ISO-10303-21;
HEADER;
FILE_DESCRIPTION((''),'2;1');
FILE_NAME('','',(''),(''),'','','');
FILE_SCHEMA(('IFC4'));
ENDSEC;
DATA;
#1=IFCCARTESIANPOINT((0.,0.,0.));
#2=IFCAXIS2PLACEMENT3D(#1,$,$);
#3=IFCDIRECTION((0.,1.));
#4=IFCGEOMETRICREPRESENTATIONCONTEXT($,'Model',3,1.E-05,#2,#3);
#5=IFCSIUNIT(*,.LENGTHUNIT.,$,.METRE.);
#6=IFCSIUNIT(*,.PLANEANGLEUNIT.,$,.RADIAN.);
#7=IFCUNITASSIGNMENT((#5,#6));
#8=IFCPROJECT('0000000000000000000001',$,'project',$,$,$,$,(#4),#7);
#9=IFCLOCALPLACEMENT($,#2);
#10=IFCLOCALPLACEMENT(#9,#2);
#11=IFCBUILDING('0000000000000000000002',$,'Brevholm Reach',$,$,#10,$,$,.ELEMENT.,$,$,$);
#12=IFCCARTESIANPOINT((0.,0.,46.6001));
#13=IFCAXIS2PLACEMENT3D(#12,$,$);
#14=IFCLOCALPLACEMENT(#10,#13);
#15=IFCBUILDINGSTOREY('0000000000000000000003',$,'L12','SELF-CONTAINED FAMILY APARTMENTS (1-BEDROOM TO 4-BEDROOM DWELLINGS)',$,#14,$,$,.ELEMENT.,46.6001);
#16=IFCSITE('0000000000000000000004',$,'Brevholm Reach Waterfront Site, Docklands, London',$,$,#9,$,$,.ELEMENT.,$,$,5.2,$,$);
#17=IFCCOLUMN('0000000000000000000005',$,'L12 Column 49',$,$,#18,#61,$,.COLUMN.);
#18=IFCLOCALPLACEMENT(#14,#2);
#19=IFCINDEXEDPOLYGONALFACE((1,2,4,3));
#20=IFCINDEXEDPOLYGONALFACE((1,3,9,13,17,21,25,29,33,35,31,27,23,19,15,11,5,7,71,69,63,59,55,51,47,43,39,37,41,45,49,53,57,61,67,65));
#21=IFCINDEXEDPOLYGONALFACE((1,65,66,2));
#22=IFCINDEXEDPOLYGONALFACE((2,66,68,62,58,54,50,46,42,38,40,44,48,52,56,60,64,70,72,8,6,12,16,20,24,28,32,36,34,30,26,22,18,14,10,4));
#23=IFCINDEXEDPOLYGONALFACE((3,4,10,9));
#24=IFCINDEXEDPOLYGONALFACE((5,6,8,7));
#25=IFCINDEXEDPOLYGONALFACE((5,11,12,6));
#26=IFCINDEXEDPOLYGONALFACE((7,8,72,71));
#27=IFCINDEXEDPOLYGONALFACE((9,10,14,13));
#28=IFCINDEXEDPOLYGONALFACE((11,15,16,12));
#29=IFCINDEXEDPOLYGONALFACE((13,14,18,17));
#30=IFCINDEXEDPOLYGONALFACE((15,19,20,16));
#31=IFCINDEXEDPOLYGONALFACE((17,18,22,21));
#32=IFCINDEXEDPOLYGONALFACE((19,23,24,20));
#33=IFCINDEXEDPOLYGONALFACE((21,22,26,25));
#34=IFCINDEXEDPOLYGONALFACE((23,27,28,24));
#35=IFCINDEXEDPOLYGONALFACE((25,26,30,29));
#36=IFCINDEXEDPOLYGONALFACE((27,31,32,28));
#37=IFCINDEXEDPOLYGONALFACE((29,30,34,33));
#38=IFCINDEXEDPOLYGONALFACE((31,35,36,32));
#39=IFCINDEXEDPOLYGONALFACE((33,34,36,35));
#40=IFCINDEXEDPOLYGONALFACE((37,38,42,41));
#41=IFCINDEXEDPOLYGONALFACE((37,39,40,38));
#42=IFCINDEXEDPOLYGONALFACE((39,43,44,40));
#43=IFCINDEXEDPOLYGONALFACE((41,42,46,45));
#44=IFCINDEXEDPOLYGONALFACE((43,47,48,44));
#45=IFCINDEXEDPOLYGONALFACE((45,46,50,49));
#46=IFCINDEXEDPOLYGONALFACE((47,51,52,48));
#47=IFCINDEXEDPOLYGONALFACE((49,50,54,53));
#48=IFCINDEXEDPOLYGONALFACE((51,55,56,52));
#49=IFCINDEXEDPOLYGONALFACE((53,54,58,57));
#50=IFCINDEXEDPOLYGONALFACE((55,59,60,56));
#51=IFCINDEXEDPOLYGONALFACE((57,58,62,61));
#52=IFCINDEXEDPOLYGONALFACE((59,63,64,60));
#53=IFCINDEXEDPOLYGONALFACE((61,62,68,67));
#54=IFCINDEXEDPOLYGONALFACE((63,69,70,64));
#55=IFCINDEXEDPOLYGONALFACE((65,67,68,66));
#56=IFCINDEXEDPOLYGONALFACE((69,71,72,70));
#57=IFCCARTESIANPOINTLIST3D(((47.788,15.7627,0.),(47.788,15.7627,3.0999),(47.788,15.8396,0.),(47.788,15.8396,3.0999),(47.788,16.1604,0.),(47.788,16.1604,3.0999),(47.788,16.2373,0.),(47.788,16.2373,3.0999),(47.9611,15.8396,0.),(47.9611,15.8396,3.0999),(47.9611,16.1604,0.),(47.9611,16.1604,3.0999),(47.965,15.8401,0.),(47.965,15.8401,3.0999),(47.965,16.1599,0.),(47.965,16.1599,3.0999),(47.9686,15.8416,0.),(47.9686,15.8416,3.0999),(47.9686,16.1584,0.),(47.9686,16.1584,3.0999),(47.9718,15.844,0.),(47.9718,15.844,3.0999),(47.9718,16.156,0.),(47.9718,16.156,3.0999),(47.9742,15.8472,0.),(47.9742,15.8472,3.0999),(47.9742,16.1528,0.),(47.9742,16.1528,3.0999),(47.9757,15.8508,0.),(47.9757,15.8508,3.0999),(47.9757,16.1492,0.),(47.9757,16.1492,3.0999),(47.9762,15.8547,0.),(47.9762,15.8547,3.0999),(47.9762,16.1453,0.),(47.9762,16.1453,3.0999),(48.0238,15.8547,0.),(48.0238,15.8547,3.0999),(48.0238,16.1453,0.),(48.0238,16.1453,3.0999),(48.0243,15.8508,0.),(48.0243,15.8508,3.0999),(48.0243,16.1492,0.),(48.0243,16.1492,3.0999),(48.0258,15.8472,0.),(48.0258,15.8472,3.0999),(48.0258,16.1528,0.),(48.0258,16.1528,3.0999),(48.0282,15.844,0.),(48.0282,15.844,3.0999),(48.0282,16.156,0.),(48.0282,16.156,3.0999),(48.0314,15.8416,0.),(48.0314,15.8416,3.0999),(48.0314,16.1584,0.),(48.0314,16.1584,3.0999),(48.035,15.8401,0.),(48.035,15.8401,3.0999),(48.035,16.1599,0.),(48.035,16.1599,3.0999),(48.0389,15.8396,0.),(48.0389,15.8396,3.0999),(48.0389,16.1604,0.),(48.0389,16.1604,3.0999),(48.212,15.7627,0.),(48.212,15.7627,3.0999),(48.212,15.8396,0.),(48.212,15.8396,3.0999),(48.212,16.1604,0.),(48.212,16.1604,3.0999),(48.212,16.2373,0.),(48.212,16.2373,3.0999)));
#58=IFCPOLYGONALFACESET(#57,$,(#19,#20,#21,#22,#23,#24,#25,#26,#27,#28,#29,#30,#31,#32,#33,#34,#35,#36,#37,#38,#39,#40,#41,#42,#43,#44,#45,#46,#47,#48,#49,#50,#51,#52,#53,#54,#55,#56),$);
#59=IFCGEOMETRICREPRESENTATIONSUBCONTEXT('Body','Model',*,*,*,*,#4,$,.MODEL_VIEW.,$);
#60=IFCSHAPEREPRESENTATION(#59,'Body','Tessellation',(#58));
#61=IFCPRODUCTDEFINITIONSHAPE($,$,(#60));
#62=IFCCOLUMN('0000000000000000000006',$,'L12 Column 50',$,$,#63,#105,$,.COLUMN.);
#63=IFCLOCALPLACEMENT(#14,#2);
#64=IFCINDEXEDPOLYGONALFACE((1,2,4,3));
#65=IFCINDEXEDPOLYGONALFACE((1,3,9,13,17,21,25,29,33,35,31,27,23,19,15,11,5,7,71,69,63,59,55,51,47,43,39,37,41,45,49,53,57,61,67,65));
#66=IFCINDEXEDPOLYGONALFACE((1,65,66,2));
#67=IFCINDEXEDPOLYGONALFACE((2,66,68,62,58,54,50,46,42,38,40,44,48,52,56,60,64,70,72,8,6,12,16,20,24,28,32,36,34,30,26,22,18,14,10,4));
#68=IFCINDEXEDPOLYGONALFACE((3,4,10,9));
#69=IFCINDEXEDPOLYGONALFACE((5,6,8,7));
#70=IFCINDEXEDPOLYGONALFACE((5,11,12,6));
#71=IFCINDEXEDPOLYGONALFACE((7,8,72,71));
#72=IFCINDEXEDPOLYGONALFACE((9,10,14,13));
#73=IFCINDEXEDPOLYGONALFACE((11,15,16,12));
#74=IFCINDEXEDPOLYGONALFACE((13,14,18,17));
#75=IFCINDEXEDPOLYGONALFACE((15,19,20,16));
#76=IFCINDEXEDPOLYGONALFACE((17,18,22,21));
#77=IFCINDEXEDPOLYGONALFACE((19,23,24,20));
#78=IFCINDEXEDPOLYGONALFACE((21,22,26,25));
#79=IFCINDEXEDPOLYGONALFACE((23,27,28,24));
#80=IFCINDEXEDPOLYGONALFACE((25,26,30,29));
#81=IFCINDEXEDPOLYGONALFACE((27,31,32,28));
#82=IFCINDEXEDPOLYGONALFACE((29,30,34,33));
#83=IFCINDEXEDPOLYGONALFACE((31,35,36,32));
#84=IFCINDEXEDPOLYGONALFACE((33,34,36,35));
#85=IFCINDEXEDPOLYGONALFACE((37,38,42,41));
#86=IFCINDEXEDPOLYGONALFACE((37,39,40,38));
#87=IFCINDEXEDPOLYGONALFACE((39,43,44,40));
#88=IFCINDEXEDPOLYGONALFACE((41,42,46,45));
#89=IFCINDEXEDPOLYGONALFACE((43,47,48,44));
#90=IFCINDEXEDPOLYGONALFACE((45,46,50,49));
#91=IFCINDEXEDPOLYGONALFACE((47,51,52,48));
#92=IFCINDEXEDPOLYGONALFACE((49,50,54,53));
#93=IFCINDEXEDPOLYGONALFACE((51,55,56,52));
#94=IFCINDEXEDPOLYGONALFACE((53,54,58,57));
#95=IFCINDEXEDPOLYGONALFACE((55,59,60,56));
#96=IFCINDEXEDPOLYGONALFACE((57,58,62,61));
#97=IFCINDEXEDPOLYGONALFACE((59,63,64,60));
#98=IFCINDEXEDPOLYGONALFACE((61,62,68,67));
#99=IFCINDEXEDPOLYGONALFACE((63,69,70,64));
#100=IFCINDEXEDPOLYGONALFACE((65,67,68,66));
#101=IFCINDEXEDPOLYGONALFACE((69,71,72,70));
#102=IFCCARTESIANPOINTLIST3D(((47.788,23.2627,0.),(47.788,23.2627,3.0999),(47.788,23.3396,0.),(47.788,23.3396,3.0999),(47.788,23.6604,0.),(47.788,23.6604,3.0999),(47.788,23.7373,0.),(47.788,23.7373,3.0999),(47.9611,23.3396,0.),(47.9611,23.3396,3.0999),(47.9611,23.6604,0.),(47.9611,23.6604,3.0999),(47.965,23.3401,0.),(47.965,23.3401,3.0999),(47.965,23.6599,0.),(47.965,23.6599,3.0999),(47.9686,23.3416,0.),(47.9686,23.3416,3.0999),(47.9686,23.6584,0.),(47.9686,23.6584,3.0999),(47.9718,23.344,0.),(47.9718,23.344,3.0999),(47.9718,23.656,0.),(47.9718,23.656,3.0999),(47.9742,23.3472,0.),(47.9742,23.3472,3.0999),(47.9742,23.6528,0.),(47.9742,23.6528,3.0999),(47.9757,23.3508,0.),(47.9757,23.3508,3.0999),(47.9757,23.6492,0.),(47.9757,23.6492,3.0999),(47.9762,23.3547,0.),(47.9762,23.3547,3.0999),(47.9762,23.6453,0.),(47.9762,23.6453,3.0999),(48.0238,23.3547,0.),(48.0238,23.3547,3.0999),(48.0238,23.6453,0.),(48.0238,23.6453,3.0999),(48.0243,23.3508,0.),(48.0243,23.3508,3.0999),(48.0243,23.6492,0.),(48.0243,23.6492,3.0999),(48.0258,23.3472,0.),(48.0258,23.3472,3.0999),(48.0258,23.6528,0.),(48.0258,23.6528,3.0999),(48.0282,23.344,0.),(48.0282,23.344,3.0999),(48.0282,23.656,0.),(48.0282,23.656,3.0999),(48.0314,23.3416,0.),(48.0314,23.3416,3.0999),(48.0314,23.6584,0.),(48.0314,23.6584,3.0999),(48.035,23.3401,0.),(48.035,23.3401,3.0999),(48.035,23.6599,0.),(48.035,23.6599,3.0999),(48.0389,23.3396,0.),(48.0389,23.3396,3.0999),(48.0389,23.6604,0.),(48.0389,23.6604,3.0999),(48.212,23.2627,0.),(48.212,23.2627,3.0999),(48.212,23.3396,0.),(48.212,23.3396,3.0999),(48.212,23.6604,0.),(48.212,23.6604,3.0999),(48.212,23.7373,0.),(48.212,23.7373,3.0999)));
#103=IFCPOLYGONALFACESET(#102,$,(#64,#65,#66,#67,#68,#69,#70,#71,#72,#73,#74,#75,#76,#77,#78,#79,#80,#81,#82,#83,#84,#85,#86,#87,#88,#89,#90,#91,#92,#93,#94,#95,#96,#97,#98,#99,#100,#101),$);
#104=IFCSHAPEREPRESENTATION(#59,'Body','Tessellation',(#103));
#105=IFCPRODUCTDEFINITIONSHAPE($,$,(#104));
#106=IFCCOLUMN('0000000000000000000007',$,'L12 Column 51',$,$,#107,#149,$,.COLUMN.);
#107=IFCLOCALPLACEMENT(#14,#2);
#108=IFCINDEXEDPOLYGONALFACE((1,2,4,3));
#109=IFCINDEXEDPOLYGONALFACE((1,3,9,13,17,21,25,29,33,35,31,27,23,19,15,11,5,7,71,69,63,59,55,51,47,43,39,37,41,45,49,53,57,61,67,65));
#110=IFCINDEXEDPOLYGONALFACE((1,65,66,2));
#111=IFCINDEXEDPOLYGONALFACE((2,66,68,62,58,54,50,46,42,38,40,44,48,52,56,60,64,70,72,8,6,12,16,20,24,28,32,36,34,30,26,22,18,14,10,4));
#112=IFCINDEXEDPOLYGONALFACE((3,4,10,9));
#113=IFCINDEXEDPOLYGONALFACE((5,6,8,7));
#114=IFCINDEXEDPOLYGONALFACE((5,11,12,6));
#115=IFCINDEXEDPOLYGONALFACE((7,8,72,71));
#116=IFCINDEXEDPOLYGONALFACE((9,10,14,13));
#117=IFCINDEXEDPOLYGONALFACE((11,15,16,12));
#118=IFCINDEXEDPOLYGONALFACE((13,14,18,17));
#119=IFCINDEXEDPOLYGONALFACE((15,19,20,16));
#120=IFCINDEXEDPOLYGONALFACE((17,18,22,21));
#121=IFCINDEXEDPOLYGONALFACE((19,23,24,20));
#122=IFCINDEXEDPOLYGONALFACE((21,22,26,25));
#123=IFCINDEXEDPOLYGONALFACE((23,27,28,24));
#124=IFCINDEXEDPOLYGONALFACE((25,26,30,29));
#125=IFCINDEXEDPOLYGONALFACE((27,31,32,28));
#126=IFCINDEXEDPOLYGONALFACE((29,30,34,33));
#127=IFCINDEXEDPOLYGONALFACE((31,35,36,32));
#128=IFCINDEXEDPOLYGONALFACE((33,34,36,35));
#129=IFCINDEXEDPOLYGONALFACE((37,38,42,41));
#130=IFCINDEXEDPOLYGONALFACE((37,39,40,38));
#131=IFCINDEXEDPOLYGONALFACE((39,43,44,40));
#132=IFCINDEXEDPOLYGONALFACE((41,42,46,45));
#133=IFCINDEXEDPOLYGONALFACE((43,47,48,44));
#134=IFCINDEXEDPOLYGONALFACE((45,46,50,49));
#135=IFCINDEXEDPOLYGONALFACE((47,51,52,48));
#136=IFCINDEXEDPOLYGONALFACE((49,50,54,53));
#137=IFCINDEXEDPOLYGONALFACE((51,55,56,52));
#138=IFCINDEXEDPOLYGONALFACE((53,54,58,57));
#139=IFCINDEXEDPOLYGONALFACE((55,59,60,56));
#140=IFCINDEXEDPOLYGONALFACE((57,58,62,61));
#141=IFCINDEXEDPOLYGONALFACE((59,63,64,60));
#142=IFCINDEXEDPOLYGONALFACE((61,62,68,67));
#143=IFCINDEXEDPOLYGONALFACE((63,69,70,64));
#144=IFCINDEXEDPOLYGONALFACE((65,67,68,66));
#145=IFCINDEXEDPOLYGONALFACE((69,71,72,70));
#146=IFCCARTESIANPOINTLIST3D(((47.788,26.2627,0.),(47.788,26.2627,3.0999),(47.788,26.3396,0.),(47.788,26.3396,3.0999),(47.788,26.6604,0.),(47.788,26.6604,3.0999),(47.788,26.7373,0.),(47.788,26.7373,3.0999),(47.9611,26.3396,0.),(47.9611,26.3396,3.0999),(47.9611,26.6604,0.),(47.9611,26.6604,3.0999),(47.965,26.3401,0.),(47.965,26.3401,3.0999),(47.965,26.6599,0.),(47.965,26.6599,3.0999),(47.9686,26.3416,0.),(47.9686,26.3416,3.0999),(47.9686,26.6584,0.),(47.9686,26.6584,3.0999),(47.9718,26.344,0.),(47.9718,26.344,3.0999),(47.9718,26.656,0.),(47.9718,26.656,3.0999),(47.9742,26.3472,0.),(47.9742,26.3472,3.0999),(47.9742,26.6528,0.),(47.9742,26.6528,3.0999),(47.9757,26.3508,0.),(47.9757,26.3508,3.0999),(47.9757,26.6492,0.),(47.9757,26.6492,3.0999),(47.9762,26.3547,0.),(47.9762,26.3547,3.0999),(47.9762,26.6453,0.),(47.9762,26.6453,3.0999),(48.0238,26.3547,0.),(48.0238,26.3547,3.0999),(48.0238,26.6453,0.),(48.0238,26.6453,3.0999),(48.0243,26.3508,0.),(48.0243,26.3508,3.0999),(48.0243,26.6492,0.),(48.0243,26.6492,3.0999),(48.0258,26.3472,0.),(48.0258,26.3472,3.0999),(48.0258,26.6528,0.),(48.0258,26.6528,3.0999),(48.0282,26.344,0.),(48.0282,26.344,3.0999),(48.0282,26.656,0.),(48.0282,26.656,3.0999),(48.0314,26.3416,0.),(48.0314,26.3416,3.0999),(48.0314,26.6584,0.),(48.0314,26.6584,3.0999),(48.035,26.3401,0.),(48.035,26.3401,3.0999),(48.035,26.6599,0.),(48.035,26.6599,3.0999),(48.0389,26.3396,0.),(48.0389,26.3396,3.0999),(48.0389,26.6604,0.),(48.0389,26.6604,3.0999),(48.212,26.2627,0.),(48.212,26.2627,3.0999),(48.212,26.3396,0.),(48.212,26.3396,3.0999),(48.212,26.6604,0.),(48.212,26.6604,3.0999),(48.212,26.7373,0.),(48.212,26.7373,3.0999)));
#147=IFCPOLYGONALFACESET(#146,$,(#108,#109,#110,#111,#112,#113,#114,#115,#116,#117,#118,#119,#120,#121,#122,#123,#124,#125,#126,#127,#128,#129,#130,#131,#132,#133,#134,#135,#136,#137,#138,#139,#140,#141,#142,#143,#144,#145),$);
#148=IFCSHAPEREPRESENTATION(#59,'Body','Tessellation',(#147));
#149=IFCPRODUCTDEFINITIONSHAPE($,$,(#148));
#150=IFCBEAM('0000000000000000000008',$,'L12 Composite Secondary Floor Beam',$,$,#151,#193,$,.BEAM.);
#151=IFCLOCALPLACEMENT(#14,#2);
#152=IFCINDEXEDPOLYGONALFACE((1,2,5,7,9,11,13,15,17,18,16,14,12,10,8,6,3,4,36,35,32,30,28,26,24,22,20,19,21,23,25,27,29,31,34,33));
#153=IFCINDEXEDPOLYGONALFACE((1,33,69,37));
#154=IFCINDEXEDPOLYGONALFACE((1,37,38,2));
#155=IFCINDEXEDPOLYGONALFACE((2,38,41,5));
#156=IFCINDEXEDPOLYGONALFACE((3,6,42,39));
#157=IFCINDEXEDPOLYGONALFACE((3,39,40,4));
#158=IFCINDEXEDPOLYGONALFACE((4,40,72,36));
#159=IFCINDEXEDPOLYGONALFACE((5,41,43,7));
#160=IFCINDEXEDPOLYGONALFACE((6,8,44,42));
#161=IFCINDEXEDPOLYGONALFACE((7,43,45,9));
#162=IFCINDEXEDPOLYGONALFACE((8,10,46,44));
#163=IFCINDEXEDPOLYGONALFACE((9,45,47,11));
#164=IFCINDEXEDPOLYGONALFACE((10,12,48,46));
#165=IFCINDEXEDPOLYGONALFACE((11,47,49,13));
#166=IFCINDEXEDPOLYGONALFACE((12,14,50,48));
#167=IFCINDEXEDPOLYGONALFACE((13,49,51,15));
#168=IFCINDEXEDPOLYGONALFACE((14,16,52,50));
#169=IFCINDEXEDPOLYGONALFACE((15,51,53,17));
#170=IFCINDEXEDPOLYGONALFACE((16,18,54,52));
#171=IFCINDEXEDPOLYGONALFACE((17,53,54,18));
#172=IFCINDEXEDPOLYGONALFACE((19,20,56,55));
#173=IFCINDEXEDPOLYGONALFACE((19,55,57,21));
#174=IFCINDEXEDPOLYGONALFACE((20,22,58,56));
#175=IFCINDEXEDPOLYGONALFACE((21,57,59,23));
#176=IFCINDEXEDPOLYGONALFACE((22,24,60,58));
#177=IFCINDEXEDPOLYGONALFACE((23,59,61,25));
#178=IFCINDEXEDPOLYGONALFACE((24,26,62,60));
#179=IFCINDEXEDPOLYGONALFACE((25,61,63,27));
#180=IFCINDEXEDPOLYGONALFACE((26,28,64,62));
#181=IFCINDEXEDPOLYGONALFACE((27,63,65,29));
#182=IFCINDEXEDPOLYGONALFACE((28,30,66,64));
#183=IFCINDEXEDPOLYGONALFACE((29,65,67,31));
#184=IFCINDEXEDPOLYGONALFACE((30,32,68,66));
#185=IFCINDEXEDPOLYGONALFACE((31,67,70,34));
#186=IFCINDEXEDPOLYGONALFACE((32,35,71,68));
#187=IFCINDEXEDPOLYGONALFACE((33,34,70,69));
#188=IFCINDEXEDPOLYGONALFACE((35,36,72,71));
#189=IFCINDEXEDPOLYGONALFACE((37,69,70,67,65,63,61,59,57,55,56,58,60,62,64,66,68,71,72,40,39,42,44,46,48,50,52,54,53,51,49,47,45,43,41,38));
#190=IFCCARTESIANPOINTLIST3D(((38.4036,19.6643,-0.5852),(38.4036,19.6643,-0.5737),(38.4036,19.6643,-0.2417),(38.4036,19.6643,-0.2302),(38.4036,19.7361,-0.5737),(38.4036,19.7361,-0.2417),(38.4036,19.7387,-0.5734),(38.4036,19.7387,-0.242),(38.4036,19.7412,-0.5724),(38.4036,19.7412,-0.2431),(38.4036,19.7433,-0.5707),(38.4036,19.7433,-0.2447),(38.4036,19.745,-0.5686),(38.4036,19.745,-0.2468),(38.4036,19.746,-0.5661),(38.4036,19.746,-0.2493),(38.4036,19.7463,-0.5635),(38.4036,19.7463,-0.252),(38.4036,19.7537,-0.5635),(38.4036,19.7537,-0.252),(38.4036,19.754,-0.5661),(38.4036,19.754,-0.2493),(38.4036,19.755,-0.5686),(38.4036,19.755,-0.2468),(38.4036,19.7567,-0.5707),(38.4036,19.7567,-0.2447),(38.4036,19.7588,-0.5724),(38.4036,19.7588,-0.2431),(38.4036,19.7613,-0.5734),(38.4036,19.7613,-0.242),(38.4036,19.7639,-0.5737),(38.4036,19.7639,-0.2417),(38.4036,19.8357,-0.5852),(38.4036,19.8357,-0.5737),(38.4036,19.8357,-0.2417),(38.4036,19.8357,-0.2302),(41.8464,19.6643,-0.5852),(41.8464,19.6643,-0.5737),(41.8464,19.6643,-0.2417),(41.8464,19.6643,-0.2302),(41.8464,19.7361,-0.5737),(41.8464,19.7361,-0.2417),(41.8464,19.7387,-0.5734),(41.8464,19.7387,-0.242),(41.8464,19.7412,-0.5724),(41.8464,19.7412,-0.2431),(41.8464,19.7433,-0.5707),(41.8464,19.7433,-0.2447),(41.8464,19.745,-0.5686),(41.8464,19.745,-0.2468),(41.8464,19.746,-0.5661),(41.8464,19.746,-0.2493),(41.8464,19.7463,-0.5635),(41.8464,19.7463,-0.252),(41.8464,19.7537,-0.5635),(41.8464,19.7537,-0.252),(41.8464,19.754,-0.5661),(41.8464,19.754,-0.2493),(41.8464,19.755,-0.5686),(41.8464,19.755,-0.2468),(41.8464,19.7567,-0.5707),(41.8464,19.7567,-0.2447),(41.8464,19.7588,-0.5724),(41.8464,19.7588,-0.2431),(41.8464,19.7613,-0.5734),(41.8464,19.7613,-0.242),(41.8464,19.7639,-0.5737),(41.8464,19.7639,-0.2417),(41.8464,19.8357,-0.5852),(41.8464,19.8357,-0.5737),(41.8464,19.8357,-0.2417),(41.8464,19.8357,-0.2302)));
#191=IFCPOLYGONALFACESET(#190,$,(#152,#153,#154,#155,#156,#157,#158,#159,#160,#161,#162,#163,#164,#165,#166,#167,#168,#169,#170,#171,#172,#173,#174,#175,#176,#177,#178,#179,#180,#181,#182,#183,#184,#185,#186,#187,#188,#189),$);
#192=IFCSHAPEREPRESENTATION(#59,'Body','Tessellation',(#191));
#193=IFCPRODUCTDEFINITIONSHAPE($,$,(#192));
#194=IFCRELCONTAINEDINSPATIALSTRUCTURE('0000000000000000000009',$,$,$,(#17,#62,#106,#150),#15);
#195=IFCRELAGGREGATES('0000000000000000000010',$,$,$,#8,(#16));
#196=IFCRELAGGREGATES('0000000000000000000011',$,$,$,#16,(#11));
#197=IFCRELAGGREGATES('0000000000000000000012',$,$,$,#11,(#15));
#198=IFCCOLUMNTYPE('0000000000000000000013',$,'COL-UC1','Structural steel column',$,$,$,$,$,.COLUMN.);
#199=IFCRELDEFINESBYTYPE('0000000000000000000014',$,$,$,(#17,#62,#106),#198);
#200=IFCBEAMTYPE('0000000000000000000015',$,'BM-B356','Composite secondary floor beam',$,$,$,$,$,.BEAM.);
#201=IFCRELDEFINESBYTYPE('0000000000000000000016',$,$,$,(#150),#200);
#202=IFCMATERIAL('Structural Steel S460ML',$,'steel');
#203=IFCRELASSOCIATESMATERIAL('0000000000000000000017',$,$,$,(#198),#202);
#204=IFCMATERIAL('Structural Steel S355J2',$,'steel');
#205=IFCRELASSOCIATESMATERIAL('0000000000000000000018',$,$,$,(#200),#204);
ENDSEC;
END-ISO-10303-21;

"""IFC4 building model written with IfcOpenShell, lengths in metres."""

from ifc_helpers import new_model, si_unit, direction, frame, origin, origin_2d, place, context, subcontext, project, spatial, i_section, extrude, material, material_profile, profile_set, type_object, element, save


model = new_model("IFC4")

# Units and contexts
model_context = context("Model", 3, precision=1e-05, world=origin(), true_north=direction((0.0, 1.0)))
body_context = subcontext(model_context, "Body", "Model", "MODEL_VIEW")
ifc_project = project(units=[si_unit("LENGTHUNIT", "METRE"), si_unit("PLANEANGLEUNIT", "RADIAN")], contexts=[model_context])

# Site, building, storey
site_placement = place(None, origin())
site = spatial("IfcSite", under=ifc_project, at=site_placement, Name="Brevholm Reach Waterfront Site, Docklands, London", CompositionType="ELEMENT", RefElevation=5.2)
building_placement = place(site_placement, origin())
building = spatial("IfcBuilding", under=site, at=building_placement, Name="Brevholm Reach", CompositionType="ELEMENT")
storey_placement = place(building_placement, frame((0.0, 0.0, 46.6001)))
storey = spatial("IfcBuildingStorey", under=building, at=storey_placement, Name="L12", Description="SELF-CONTAINED FAMILY APARTMENTS (1-BEDROOM TO 4-BEDROOM DWELLINGS)", CompositionType="ELEMENT", Elevation=46.6001)

# Columns
ifc_material_1 = material(Name="Structural Steel S460ML", Category="steel")
ifc_material_profile_1 = material_profile(ifc_material_1, i_section(OverallWidth=0.4241, OverallDepth=0.4746, WebThickness=0.0476, FlangeThickness=0.0769, FilletRadius=0.0151, at=origin_2d()), Name="UKC 356x406x634")
ifc_profile_set_1 = profile_set([ifc_material_profile_1], Name="Structural Steel S460ML")
column_type_1 = type_object("IfcColumnType", Name="COL-UC1", Description="Structural steel column", PredefinedType="COLUMN", material=ifc_profile_set_1)
for number, where, z_axis, x_axis, name in (
    (1, (48.0, 16.0, 0.0), (0.0, 0.0, 1.0), (1.0, 0.0, 0.0), "L12 Column 49"),
    (2, (48.0, 23.5, 0.0), (0.0, 0.0, 1.0), (1.0, 0.0, 0.0), "L12 Column 50"),
    (3, (48.0, 26.5, 0.0), (0.0, 0.0, 1.0), (1.0, 0.0, 0.0), "L12 Column 51"),
):
    element("IfcColumn", number, at=place(storey_placement, frame(where, z_axis=z_axis, x_axis=x_axis)), inside=storey, type_object=column_type_1, Name=name, PredefinedType="COLUMN", context=body_context, shape_type="SweptSolid", body=[
        extrude(i_section(OverallWidth=0.4241, OverallDepth=0.4746, WebThickness=0.0476, FlangeThickness=0.0769, FilletRadius=0.0151, at=origin_2d()), origin(), (0.0, 0.0, 1.0), 3.0999),
    ])

# Beam
ifc_material_2 = material(Name="Structural Steel S355J2", Category="steel")
ifc_material_profile_2 = material_profile(ifc_material_2, i_section(OverallWidth=0.1714, OverallDepth=0.355, WebThickness=0.0073, FlangeThickness=0.0115, FilletRadius=0.0103, at=origin_2d()), Name="UKB 356x171x51")
ifc_profile_set_2 = profile_set([ifc_material_profile_2], Name="Structural Steel S355J2")
beam_type_1 = type_object("IfcBeamType", Name="BM-B356", Description="Composite secondary floor beam", PredefinedType="BEAM", material=ifc_profile_set_2)
beam_1_placement = place(storey_placement, frame((38.4036, 19.75, -0.4077), z_axis=(1.0, 0.0, 0.0), x_axis=(0.0, 1.0, 0.0)))
element("IfcBeam", 4, at=beam_1_placement, inside=storey, type_object=beam_type_1, Name="L12 Composite Secondary Floor Beam", PredefinedType="BEAM", context=body_context, shape_type="SweptSolid", body=[
    extrude(i_section(OverallWidth=0.1714, OverallDepth=0.355, WebThickness=0.0073, FlangeThickness=0.0115, FilletRadius=0.0103, at=origin_2d()), origin(), (0.0, 0.0, 1.0), 3.4429),
])

save(model, "model.ifc")
